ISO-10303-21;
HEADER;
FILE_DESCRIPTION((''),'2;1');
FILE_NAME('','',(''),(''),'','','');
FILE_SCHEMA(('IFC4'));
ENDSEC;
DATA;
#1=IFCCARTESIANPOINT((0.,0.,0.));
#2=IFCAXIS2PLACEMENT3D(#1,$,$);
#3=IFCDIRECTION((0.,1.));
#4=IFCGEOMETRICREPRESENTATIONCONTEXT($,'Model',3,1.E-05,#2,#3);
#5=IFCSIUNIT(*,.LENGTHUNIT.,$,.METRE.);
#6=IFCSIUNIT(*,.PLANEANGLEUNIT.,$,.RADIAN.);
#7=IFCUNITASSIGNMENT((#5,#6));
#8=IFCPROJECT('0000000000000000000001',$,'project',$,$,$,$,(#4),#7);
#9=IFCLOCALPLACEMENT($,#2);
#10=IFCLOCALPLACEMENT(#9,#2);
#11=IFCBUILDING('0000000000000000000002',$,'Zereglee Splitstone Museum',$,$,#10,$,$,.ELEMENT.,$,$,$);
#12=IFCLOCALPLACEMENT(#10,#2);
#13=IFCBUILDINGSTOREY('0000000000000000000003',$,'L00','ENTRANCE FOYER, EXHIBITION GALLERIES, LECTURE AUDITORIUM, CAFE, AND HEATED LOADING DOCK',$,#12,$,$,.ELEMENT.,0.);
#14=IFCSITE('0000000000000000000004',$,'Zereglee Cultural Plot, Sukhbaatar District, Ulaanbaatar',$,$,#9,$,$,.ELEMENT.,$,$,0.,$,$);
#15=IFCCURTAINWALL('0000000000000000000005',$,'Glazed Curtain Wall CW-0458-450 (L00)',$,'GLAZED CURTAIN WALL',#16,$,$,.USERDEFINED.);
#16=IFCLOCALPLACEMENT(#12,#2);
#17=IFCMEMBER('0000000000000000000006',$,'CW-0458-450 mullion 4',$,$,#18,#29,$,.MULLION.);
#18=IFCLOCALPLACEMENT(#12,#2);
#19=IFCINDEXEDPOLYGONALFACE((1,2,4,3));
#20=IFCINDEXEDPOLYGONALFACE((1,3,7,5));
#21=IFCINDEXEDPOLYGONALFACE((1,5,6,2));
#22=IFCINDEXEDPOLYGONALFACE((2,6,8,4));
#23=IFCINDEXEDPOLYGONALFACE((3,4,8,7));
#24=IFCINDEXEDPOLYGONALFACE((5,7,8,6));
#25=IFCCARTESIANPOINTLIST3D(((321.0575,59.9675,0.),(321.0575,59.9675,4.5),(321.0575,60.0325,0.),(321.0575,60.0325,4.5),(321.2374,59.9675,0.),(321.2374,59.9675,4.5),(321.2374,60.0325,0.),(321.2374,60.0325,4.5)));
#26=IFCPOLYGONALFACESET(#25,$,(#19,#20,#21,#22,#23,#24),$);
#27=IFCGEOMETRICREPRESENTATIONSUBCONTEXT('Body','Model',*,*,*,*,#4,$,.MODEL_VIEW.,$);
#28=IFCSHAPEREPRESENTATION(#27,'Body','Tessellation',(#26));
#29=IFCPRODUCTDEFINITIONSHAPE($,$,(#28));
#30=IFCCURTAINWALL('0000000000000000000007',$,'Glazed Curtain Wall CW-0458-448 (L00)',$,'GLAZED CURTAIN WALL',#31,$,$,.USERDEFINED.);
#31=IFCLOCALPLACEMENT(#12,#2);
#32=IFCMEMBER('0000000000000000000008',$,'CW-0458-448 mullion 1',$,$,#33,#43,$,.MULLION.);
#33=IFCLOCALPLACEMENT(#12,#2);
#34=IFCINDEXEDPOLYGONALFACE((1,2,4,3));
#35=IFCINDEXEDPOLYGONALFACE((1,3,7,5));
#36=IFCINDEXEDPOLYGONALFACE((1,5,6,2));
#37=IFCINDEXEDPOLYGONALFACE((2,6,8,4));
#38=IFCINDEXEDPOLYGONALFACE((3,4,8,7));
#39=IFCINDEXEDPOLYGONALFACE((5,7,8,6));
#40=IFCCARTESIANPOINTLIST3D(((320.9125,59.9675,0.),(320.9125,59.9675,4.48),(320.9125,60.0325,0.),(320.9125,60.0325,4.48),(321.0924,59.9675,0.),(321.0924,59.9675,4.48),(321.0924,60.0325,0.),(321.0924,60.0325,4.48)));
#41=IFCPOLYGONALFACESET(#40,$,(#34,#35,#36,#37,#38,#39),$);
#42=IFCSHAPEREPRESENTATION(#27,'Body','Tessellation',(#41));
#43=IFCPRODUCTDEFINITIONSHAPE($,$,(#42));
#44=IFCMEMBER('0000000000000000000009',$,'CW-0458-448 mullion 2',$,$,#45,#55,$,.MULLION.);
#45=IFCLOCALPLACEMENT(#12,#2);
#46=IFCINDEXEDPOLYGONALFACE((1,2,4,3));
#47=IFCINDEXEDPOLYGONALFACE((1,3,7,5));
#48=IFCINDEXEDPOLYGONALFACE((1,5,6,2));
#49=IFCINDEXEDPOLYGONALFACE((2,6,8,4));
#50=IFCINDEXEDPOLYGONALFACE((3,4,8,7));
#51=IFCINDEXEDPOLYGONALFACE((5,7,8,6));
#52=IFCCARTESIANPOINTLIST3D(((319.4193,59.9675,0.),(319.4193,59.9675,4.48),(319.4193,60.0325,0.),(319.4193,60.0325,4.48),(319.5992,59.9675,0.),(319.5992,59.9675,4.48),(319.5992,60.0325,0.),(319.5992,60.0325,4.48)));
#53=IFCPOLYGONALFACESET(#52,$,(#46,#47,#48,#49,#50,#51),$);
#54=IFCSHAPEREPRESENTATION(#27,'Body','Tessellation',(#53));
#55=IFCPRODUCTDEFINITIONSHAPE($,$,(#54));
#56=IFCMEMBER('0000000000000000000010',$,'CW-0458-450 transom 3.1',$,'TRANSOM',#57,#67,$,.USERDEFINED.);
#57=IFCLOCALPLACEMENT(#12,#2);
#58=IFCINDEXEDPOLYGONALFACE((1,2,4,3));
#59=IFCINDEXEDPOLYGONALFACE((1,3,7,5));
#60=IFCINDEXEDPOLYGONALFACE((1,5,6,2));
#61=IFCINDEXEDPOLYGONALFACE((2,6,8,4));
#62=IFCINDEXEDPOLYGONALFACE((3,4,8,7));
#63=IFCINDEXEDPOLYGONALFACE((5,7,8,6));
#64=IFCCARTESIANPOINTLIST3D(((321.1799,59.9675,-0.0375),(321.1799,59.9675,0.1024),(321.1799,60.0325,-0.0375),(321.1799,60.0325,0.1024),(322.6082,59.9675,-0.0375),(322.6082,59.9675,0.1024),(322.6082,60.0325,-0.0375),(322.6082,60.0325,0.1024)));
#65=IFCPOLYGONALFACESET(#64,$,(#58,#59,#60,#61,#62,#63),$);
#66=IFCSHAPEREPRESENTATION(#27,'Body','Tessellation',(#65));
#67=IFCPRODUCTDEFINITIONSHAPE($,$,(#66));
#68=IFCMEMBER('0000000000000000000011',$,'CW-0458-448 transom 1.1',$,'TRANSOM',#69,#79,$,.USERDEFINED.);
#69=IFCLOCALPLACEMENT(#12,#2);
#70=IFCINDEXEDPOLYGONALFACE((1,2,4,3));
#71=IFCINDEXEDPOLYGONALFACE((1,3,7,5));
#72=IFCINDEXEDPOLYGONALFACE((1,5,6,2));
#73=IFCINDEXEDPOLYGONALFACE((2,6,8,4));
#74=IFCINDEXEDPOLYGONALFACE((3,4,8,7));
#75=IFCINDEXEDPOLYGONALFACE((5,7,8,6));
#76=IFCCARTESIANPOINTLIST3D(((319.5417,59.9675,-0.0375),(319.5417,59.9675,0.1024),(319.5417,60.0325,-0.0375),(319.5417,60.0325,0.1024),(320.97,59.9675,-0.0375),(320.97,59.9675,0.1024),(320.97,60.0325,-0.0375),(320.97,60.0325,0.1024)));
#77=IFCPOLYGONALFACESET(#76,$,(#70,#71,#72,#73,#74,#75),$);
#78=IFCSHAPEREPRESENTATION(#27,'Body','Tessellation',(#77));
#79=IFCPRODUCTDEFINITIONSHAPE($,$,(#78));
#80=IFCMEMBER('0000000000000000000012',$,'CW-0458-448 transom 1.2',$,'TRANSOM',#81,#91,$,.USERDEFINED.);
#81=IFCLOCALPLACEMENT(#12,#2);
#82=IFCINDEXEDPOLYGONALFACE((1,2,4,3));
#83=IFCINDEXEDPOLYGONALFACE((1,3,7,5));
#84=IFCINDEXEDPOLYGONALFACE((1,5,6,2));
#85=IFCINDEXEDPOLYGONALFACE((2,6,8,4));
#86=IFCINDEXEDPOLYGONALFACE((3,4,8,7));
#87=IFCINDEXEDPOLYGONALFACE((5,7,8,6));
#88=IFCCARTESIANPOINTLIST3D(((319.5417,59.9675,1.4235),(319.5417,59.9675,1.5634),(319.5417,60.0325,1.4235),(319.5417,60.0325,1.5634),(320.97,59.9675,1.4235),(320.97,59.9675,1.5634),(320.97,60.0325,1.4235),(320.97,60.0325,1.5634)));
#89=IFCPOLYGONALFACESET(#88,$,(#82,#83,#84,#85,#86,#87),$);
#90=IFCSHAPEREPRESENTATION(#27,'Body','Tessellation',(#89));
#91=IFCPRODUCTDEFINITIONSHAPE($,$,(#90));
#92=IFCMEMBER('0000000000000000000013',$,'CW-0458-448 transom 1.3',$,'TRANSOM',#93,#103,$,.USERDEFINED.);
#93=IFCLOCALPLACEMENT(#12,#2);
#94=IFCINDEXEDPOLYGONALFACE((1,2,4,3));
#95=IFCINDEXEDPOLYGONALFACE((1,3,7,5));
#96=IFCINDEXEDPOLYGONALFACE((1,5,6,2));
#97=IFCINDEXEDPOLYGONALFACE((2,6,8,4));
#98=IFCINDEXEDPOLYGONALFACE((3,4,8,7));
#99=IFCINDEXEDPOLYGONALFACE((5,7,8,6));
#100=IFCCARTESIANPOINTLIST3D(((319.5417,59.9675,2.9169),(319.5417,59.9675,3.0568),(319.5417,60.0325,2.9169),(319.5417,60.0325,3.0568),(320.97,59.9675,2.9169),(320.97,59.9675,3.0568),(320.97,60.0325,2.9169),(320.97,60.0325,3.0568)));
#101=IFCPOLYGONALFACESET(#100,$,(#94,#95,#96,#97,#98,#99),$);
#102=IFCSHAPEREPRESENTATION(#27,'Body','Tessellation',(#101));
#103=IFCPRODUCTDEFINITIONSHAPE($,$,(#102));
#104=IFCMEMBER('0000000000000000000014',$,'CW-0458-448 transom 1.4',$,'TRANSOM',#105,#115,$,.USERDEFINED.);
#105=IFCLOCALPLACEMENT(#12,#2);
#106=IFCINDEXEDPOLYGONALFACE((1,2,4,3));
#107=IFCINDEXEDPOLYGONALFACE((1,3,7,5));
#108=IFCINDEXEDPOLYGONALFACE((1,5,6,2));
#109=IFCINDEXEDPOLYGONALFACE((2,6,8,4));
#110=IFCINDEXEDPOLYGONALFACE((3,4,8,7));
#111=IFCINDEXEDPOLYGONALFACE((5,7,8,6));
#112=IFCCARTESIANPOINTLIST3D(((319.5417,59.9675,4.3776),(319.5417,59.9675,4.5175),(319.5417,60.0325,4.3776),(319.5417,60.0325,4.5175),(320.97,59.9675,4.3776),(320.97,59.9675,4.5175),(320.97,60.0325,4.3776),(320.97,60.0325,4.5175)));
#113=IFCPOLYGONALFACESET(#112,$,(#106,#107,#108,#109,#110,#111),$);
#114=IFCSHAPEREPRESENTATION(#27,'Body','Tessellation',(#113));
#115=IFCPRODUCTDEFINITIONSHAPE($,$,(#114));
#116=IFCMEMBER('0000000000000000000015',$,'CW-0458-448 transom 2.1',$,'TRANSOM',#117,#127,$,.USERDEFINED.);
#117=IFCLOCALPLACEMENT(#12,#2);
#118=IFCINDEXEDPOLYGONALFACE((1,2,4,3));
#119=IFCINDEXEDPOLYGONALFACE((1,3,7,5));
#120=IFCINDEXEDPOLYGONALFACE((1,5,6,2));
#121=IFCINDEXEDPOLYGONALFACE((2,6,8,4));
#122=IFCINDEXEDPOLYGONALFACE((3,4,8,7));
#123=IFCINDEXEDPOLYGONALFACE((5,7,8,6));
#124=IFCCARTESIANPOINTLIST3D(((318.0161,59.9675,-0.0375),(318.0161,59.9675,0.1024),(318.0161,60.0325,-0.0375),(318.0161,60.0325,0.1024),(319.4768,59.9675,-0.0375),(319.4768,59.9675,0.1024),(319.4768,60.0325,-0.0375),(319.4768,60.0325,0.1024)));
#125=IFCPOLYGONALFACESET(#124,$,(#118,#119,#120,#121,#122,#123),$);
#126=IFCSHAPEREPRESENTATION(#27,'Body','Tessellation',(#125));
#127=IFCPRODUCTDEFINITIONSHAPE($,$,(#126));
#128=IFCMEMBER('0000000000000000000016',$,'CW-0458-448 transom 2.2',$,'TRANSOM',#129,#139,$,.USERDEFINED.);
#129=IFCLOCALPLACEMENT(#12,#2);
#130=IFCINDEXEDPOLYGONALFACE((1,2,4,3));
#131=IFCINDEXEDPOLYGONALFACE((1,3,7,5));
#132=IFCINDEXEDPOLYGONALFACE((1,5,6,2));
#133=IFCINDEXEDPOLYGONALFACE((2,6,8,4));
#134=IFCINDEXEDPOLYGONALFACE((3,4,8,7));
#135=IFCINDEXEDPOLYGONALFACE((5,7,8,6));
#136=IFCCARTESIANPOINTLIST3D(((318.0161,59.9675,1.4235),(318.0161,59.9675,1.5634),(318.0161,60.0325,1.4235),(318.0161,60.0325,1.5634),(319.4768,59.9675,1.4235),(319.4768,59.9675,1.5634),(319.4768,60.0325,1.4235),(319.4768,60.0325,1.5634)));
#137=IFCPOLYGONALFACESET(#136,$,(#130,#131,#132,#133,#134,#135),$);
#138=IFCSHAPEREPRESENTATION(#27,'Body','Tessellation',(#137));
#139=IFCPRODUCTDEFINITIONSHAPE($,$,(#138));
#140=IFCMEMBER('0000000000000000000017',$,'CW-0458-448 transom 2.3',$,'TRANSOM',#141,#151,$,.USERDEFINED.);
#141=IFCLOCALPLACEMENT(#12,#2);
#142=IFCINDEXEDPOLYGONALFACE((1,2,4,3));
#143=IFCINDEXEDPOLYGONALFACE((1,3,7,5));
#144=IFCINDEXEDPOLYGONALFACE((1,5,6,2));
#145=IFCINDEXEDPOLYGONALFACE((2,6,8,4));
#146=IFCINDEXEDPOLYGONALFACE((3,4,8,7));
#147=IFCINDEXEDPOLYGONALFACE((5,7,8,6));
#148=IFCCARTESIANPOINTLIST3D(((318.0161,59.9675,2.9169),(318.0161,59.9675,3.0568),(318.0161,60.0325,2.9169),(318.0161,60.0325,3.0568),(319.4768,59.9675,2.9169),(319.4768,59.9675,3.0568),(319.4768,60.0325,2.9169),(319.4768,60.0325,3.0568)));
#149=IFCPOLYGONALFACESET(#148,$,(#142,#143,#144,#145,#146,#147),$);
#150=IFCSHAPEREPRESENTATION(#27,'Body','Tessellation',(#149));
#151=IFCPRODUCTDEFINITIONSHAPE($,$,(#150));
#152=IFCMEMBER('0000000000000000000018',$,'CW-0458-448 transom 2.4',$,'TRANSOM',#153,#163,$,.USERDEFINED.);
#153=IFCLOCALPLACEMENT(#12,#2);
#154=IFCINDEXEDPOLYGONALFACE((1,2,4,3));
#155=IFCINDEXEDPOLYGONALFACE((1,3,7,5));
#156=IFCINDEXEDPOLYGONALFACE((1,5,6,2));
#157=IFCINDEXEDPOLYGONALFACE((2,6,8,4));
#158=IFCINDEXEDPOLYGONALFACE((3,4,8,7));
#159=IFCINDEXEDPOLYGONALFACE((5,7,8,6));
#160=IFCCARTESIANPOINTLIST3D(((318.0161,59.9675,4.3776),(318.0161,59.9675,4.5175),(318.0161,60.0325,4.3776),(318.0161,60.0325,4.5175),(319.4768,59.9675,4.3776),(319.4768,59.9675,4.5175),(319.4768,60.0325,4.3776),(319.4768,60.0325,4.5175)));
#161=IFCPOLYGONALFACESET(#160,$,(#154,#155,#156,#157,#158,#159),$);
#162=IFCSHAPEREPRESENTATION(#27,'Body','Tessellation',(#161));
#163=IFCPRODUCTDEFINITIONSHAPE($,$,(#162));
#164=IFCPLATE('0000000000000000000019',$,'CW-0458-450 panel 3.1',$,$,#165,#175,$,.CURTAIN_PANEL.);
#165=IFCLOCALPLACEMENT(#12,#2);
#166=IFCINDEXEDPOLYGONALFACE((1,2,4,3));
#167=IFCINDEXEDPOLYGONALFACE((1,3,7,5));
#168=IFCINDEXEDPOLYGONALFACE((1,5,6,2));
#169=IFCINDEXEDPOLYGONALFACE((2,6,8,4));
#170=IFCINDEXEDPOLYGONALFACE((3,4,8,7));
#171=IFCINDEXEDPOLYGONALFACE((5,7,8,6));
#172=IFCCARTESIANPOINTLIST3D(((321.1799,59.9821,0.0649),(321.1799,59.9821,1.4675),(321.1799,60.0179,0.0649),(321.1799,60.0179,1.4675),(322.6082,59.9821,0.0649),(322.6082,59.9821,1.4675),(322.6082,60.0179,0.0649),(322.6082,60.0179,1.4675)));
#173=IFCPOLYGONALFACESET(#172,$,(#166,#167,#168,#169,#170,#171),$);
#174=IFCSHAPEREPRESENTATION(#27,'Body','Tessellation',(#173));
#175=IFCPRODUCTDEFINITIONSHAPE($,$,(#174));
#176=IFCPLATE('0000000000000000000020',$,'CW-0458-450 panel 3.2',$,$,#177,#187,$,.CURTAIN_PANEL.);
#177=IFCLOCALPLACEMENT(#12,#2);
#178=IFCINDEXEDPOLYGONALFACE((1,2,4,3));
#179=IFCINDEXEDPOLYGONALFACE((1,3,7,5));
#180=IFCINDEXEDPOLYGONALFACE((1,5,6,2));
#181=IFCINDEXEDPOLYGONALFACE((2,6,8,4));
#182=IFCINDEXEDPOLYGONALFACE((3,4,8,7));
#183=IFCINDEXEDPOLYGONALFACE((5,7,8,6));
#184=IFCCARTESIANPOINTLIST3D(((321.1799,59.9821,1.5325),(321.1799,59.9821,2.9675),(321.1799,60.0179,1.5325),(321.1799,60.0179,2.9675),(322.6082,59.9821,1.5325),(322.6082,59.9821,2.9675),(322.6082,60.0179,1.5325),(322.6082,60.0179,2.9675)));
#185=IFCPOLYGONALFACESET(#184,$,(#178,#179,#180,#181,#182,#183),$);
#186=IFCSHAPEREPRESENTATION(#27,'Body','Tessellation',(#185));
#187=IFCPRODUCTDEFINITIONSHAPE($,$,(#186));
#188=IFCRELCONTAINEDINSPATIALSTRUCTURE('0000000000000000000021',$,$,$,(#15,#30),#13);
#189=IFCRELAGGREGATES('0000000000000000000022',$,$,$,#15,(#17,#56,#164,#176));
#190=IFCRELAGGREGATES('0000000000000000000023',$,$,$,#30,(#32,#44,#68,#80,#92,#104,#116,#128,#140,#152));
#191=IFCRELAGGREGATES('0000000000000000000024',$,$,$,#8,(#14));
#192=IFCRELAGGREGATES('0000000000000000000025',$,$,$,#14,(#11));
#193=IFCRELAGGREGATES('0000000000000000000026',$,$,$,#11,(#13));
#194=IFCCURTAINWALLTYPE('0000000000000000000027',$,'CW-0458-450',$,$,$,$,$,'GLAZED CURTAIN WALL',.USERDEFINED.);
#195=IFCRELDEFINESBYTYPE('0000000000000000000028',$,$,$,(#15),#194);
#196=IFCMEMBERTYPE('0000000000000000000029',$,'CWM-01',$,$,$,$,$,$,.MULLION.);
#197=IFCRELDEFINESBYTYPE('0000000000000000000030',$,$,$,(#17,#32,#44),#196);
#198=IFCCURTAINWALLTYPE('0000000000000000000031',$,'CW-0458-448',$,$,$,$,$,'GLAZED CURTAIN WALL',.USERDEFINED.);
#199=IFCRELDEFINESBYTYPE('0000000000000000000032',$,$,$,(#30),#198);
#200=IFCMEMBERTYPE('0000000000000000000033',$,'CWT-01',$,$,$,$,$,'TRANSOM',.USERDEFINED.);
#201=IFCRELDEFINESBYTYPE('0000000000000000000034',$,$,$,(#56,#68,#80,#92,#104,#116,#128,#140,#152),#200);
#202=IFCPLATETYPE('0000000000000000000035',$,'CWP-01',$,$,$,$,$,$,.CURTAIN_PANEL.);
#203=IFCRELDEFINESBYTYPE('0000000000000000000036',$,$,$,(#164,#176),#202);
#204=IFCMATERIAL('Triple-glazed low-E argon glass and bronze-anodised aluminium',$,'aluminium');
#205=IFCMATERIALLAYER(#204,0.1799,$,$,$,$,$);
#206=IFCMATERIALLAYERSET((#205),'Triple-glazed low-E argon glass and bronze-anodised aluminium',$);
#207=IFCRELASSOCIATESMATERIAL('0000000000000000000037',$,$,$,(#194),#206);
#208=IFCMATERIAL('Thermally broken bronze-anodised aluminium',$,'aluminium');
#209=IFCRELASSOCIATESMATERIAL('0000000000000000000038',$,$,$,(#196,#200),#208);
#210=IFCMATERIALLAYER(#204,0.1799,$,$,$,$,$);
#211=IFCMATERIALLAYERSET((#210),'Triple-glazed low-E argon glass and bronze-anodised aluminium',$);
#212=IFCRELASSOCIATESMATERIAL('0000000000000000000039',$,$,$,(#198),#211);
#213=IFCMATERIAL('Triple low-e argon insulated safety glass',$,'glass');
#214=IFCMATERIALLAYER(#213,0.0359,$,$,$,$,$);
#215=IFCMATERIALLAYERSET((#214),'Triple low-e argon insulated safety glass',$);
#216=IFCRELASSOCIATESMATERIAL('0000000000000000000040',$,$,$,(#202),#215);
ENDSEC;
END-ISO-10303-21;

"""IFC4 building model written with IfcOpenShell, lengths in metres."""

from ifc_helpers import new_model, si_unit, direction, frame, origin, origin_2d, place, context, subcontext, project, spatial, rectangle, extrude, material, layer, layer_set, material_profile, profile_set, type_object, element, aggregate, save


model = new_model("IFC4")

# Units and contexts
model_context = context("Model", 3, precision=1e-05, world=origin(), true_north=direction((0.0, 1.0)))
body_context = subcontext(model_context, "Body", "Model", "MODEL_VIEW")
ifc_project = project(units=[si_unit("LENGTHUNIT", "METRE"), si_unit("PLANEANGLEUNIT", "RADIAN")], contexts=[model_context])

# Site, building, storey
site_placement = place(None, origin())
site = spatial("IfcSite", under=ifc_project, at=site_placement, Name="Zereglee Cultural Plot, Sukhbaatar District, Ulaanbaatar", CompositionType="ELEMENT", RefElevation=0.0)
building_placement = place(site_placement, origin())
building = spatial("IfcBuilding", under=site, at=building_placement, Name="Zereglee Splitstone Museum", CompositionType="ELEMENT")
storey_placement = place(building_placement, origin())
storey = spatial("IfcBuildingStorey", under=building, at=storey_placement, Name="L00", Description="ENTRANCE FOYER, EXHIBITION GALLERIES, LECTURE AUDITORIUM, CAFE, AND HEATED LOADING DOCK", CompositionType="ELEMENT", Elevation=0.0)

# Curtain wall, member
ifc_material_1 = material(Name="Triple-glazed low-E argon glass and bronze-anodised aluminium", Category="aluminium")
ifc_layer_1 = layer(ifc_material_1, 0.1799)
ifc_layer_set_1 = layer_set([ifc_layer_1], Name="Triple-glazed low-E argon glass and bronze-anodised aluminium")
curtain_wall_type_1 = type_object("IfcCurtainWallType", Name="CW-0458-450", ElementType="GLAZED CURTAIN WALL", PredefinedType="USERDEFINED", material=ifc_layer_set_1)
curtain_wall_1_placement = place(storey_placement, origin())
curtain_wall_1 = element("IfcCurtainWall", 1, at=curtain_wall_1_placement, inside=storey, type_object=curtain_wall_type_1, Name="Glazed Curtain Wall CW-0458-450 (L00)", ObjectType="GLAZED CURTAIN WALL", PredefinedType="USERDEFINED")
ifc_material_2 = material(Name="Thermally broken bronze-anodised aluminium", Category="aluminium")
ifc_material_profile_1 = material_profile(ifc_material_2, rectangle(XDim=0.0649, YDim=0.1799, at=origin_2d()), Name="CW MULL 65x180")
ifc_profile_set_1 = profile_set([ifc_material_profile_1], Name="Thermally broken bronze-anodised aluminium")
member_type_1 = type_object("IfcMemberType", Name="CWM-01", PredefinedType="MULLION", material=ifc_profile_set_1)
member_1_placement = place(storey_placement, frame((321.1475, 60.0, 0.0), z_axis=(0.0, 0.0, 1.0), x_axis=(0.0, -1.0, 0.0)))
member_1 = element("IfcMember", 2, at=member_1_placement, type_object=member_type_1, Name="CW-0458-450 mullion 4", PredefinedType="MULLION", context=body_context, shape_type="SweptSolid", body=[
    extrude(rectangle(XDim=0.0649, YDim=0.1799, at=origin_2d()), origin(), (0.0, 0.0, 1.0), 4.5),
])

# Curtain wall, members
ifc_layer_2 = layer(ifc_material_1, 0.1799)
ifc_layer_set_2 = layer_set([ifc_layer_2], Name="Triple-glazed low-E argon glass and bronze-anodised aluminium")
curtain_wall_type_2 = type_object("IfcCurtainWallType", Name="CW-0458-448", ElementType="GLAZED CURTAIN WALL", PredefinedType="USERDEFINED", material=ifc_layer_set_2)
curtain_wall_2_placement = place(storey_placement, origin())
curtain_wall_2 = element("IfcCurtainWall", 3, at=curtain_wall_2_placement, inside=storey, type_object=curtain_wall_type_2, Name="Glazed Curtain Wall CW-0458-448 (L00)", ObjectType="GLAZED CURTAIN WALL", PredefinedType="USERDEFINED")
member_2_placement = place(storey_placement, frame((321.0024, 60.0, 0.0), z_axis=(0.0, 0.0, 1.0), x_axis=(0.0, -1.0, 0.0)))
member_2 = element("IfcMember", 4, at=member_2_placement, type_object=member_type_1, Name="CW-0458-448 mullion 1", PredefinedType="MULLION", context=body_context, shape_type="SweptSolid", body=[
    extrude(rectangle(XDim=0.0649, YDim=0.1799, at=origin_2d()), origin(), (0.0, 0.0, 1.0), 4.48),
])
member_3_placement = place(storey_placement, frame((319.5093, 60.0, 0.0), z_axis=(0.0, 0.0, 1.0), x_axis=(0.0, -1.0, 0.0)))
member_3 = element("IfcMember", 5, at=member_3_placement, type_object=member_type_1, Name="CW-0458-448 mullion 2", PredefinedType="MULLION", context=body_context, shape_type="SweptSolid", body=[
    extrude(rectangle(XDim=0.0649, YDim=0.1799, at=origin_2d()), origin(), (0.0, 0.0, 1.0), 4.48),
])

# Members
ifc_material_profile_2 = material_profile(ifc_material_2, rectangle(XDim=0.0649, YDim=0.1399, at=origin_2d()), Name="CW TRAN 65x140")
ifc_profile_set_2 = profile_set([ifc_material_profile_2], Name="Thermally broken bronze-anodised aluminium")
member_type_2 = type_object("IfcMemberType", Name="CWT-01", ElementType="TRANSOM", PredefinedType="USERDEFINED", material=ifc_profile_set_2)
member_4_placement = place(storey_placement, frame((322.6082, 60.0, 0.0325), z_axis=(-1.0, 0.0, 0.0), x_axis=(0.0, -1.0, 0.0)))
member_4 = element("IfcMember", 6, at=member_4_placement, type_object=member_type_2, Name="CW-0458-450 transom 3.1", ObjectType="TRANSOM", PredefinedType="USERDEFINED", context=body_context, shape_type="SweptSolid", body=[
    extrude(rectangle(XDim=0.0649, YDim=0.1399, at=origin_2d()), origin(), (0.0, 0.0, 1.0), 1.4282),
])
member_5_placement = place(storey_placement, frame((320.97, 60.0, 0.0325), z_axis=(-1.0, 0.0, 0.0), x_axis=(0.0, -1.0, 0.0)))
member_5 = element("IfcMember", 7, at=member_5_placement, type_object=member_type_2, Name="CW-0458-448 transom 1.1", ObjectType="TRANSOM", PredefinedType="USERDEFINED", context=body_context, shape_type="SweptSolid", body=[
    extrude(rectangle(XDim=0.0649, YDim=0.1399, at=origin_2d()), origin(), (0.0, 0.0, 1.0), 1.4282),
])
member_6_placement = place(storey_placement, frame((320.97, 60.0, 1.4934), z_axis=(-1.0, 0.0, 0.0), x_axis=(0.0, -1.0, 0.0)))
member_6 = element("IfcMember", 8, at=member_6_placement, type_object=member_type_2, Name="CW-0458-448 transom 1.2", ObjectType="TRANSOM", PredefinedType="USERDEFINED", context=body_context, shape_type="SweptSolid", body=[
    extrude(rectangle(XDim=0.0649, YDim=0.1399, at=origin_2d()), origin(), (0.0, 0.0, 1.0), 1.4282),
])
member_7_placement = place(storey_placement, frame((320.97, 60.0, 2.9868), z_axis=(-1.0, 0.0, 0.0), x_axis=(0.0, -1.0, 0.0)))
member_7 = element("IfcMember", 9, at=member_7_placement, type_object=member_type_2, Name="CW-0458-448 transom 1.3", ObjectType="TRANSOM", PredefinedType="USERDEFINED", context=body_context, shape_type="SweptSolid", body=[
    extrude(rectangle(XDim=0.0649, YDim=0.1399, at=origin_2d()), origin(), (0.0, 0.0, 1.0), 1.4282),
])
member_8_placement = place(storey_placement, frame((320.97, 60.0, 4.4475), z_axis=(-1.0, 0.0, 0.0), x_axis=(0.0, -1.0, 0.0)))
member_8 = element("IfcMember", 10, at=member_8_placement, type_object=member_type_2, Name="CW-0458-448 transom 1.4", ObjectType="TRANSOM", PredefinedType="USERDEFINED", context=body_context, shape_type="SweptSolid", body=[
    extrude(rectangle(XDim=0.0649, YDim=0.1399, at=origin_2d()), origin(), (0.0, 0.0, 1.0), 1.4282),
])
member_9_placement = place(storey_placement, frame((319.4768, 60.0, 0.0325), z_axis=(-1.0, 0.0, 0.0), x_axis=(0.0, -1.0, 0.0)))
member_9 = element("IfcMember", 11, at=member_9_placement, type_object=member_type_2, Name="CW-0458-448 transom 2.1", ObjectType="TRANSOM", PredefinedType="USERDEFINED", context=body_context, shape_type="SweptSolid", body=[
    extrude(rectangle(XDim=0.0649, YDim=0.1399, at=origin_2d()), origin(), (0.0, 0.0, 1.0), 1.4607),
])
member_10_placement = place(storey_placement, frame((319.4768, 60.0, 1.4934), z_axis=(-1.0, 0.0, 0.0), x_axis=(0.0, -1.0, 0.0)))
member_10 = element("IfcMember", 12, at=member_10_placement, type_object=member_type_2, Name="CW-0458-448 transom 2.2", ObjectType="TRANSOM", PredefinedType="USERDEFINED", context=body_context, shape_type="SweptSolid", body=[
    extrude(rectangle(XDim=0.0649, YDim=0.1399, at=origin_2d()), origin(), (0.0, 0.0, 1.0), 1.4607),
])
member_11_placement = place(storey_placement, frame((319.4768, 60.0, 2.9868), z_axis=(-1.0, 0.0, 0.0), x_axis=(0.0, -1.0, 0.0)))
member_11 = element("IfcMember", 13, at=member_11_placement, type_object=member_type_2, Name="CW-0458-448 transom 2.3", ObjectType="TRANSOM", PredefinedType="USERDEFINED", context=body_context, shape_type="SweptSolid", body=[
    extrude(rectangle(XDim=0.0649, YDim=0.1399, at=origin_2d()), origin(), (0.0, 0.0, 1.0), 1.4607),
])
member_12_placement = place(storey_placement, frame((319.4768, 60.0, 4.4475), z_axis=(-1.0, 0.0, 0.0), x_axis=(0.0, -1.0, 0.0)))
member_12 = element("IfcMember", 14, at=member_12_placement, type_object=member_type_2, Name="CW-0458-448 transom 2.4", ObjectType="TRANSOM", PredefinedType="USERDEFINED", context=body_context, shape_type="SweptSolid", body=[
    extrude(rectangle(XDim=0.0649, YDim=0.1399, at=origin_2d()), origin(), (0.0, 0.0, 1.0), 1.4607),
])

# Plates
ifc_material_3 = material(Name="Triple low-e argon insulated safety glass", Category="glass")
ifc_layer_3 = layer(ifc_material_3, 0.0359)
ifc_layer_set_3 = layer_set([ifc_layer_3], Name="Triple low-e argon insulated safety glass")
plate_type = type_object("IfcPlateType", Name="CWP-01", PredefinedType="CURTAIN_PANEL", material=ifc_layer_set_3)
plate_1_placement = place(storey_placement, frame((321.894, 60.0, 0.0649), z_axis=(0.0, 0.0, 1.0), x_axis=(-1.0, 0.0, 0.0)))
plate_1 = element("IfcPlate", 15, at=plate_1_placement, type_object=plate_type, Name="CW-0458-450 panel 3.1", PredefinedType="CURTAIN_PANEL", context=body_context, shape_type="SweptSolid", body=[
    extrude(rectangle(XDim=1.4282, YDim=0.0359, at=origin_2d()), origin(), (0.0, 0.0, 1.0), 1.4026),
])
plate_2_placement = place(storey_placement, frame((321.894, 60.0, 1.5325), z_axis=(0.0, 0.0, 1.0), x_axis=(-1.0, 0.0, 0.0)))
plate_2 = element("IfcPlate", 16, at=plate_2_placement, type_object=plate_type, Name="CW-0458-450 panel 3.2", PredefinedType="CURTAIN_PANEL", context=body_context, shape_type="SweptSolid", body=[
    extrude(rectangle(XDim=1.4282, YDim=0.0359, at=origin_2d()), origin(), (0.0, 0.0, 1.0), 1.4351),
])
aggregate(curtain_wall_1, [member_1, member_4, plate_1, plate_2])
aggregate(curtain_wall_2, [member_2, member_3, member_5, member_6, member_7, member_8, member_9, member_10, member_11, member_12])

save(model, "model.ifc")
